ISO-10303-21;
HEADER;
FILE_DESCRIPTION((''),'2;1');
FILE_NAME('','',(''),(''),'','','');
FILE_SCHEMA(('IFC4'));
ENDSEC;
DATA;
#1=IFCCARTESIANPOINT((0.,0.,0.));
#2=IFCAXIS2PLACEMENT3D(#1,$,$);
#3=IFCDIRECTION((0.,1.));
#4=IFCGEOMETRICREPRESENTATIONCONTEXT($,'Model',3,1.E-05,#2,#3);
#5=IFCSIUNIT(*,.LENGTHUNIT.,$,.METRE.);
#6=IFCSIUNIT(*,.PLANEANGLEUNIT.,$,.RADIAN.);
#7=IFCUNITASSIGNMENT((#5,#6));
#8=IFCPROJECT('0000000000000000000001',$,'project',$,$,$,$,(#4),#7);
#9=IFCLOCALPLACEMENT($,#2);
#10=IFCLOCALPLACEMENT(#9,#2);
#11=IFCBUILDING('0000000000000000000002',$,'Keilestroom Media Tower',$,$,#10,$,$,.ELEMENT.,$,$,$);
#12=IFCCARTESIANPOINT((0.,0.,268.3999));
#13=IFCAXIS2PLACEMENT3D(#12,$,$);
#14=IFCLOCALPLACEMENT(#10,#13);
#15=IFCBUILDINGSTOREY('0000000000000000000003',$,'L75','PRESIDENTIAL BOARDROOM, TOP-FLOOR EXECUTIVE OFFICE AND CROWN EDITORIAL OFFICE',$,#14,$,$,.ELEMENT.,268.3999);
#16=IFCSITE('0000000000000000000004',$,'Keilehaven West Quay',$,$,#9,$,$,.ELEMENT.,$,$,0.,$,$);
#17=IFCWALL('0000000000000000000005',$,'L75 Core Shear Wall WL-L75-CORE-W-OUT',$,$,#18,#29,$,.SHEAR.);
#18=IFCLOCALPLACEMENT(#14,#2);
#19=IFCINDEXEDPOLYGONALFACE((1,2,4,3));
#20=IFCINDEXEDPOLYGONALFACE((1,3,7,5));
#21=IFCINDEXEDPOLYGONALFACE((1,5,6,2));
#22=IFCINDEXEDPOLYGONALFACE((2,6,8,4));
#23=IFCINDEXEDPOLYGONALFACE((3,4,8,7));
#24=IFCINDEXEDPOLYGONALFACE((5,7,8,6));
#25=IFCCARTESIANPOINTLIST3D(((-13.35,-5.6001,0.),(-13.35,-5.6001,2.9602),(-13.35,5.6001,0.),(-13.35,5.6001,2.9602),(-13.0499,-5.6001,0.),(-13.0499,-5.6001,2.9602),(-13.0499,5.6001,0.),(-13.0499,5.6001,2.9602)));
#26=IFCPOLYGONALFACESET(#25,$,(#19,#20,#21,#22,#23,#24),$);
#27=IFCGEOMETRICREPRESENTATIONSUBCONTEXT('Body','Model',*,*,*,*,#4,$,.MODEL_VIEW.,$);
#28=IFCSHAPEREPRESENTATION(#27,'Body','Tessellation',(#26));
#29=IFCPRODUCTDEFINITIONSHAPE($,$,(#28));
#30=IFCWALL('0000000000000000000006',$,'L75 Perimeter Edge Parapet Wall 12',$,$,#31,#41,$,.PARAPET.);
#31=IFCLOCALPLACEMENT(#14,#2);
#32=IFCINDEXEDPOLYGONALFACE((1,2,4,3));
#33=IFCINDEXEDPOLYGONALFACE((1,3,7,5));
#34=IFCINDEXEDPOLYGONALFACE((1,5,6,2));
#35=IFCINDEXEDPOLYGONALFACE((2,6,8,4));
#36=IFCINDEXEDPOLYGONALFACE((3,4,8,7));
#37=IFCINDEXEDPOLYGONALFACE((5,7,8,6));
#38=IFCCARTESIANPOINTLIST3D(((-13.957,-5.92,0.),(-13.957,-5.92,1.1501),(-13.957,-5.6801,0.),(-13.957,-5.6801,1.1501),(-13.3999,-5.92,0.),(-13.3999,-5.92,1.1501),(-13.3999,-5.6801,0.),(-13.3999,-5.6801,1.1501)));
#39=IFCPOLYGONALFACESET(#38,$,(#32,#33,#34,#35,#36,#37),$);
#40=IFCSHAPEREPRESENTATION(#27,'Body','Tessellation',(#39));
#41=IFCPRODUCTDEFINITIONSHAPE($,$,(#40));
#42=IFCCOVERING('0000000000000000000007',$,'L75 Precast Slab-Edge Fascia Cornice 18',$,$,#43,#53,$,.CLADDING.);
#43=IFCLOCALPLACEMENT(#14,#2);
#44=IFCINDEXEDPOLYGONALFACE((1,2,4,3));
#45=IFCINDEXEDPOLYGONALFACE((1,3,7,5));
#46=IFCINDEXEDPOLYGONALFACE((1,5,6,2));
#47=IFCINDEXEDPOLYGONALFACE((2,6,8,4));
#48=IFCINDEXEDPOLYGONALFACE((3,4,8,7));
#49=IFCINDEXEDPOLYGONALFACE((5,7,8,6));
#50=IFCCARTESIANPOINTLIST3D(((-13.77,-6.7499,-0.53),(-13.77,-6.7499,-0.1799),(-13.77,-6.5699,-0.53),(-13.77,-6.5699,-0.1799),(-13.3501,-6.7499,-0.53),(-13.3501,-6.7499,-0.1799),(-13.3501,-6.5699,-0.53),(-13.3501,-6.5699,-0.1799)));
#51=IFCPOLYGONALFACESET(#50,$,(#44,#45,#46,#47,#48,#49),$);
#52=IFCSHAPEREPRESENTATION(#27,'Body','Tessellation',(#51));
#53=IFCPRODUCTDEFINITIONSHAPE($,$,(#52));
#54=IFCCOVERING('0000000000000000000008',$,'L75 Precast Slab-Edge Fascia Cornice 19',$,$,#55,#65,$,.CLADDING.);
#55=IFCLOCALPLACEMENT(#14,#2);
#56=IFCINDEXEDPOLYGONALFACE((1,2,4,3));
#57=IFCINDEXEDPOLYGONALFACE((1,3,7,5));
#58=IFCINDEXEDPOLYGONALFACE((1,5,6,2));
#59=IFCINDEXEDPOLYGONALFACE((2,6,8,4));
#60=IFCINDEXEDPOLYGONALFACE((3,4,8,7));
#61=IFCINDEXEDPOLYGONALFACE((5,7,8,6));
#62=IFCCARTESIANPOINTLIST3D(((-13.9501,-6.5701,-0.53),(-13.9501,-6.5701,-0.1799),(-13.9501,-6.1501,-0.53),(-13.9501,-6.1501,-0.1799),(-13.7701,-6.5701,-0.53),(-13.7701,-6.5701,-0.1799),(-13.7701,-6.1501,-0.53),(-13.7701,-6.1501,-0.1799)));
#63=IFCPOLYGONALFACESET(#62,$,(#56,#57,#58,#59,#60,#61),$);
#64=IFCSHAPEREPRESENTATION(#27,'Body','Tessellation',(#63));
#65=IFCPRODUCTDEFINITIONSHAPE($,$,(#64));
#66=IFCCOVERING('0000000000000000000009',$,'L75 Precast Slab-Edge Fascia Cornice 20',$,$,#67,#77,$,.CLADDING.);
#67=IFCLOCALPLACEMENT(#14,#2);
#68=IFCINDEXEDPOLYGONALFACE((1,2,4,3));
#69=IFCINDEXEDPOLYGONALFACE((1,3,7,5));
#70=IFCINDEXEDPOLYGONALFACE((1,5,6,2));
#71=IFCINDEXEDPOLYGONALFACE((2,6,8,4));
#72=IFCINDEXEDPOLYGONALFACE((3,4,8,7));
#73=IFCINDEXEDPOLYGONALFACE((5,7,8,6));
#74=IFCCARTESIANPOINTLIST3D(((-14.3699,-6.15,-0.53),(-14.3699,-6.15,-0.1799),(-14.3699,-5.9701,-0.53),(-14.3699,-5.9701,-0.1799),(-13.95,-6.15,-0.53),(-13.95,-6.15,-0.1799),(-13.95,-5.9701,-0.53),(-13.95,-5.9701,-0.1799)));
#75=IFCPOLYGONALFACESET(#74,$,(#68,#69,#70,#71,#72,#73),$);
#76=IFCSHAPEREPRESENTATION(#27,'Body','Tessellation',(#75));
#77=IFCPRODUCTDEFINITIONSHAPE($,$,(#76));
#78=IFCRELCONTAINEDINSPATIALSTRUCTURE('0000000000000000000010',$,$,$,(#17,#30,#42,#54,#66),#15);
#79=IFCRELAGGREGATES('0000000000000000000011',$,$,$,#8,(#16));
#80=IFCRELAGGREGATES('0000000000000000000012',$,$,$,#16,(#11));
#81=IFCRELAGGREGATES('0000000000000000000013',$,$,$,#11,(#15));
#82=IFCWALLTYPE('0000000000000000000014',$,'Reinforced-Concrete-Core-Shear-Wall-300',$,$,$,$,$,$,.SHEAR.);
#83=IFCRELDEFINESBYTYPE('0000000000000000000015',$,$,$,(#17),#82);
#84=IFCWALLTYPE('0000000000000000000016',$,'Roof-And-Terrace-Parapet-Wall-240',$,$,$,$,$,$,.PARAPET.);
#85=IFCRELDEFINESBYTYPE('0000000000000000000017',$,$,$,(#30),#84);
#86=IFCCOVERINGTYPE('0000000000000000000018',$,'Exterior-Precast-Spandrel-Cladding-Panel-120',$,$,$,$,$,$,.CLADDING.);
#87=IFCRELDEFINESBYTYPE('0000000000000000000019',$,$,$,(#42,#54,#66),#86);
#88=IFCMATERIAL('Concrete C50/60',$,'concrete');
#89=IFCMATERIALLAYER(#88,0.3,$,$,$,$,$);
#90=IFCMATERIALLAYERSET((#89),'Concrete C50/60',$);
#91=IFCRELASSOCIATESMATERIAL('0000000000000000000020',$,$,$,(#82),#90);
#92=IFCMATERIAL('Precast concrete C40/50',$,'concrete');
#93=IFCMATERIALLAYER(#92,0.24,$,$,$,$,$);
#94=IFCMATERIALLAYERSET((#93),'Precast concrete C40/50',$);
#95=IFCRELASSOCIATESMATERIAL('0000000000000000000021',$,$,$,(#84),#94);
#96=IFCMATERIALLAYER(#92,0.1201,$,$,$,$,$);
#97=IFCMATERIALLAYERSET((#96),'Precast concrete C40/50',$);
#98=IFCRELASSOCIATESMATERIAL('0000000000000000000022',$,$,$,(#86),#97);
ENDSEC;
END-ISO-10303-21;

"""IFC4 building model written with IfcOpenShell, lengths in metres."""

from ifc_helpers import new_model, si_unit, direction, frame, frame_2d, origin, origin_2d, place, context, subcontext, project, spatial, rectangle, extrude, source, transform, mapped, material, layer, layer_set, type_object, element, save


model = new_model("IFC4")

# Units and contexts
model_context = context("Model", 3, precision=1e-05, world=origin(), true_north=direction((0.0, 1.0)))
body_context = subcontext(model_context, "Body", "Model", "MODEL_VIEW")
ifc_project = project(units=[si_unit("LENGTHUNIT", "METRE"), si_unit("PLANEANGLEUNIT", "RADIAN")], contexts=[model_context])

# Site, building, storey
site_placement = place(None, origin())
site = spatial("IfcSite", under=ifc_project, at=site_placement, Name="Keilehaven West Quay", CompositionType="ELEMENT", RefElevation=0.0)
building_placement = place(site_placement, origin())
building = spatial("IfcBuilding", under=site, at=building_placement, Name="Keilestroom Media Tower", CompositionType="ELEMENT")
storey_placement = place(building_placement, frame((0.0, 0.0, 268.3999)))
storey = spatial("IfcBuildingStorey", under=building, at=storey_placement, Name="L75", Description="PRESIDENTIAL BOARDROOM, TOP-FLOOR EXECUTIVE OFFICE AND CROWN EDITORIAL OFFICE", CompositionType="ELEMENT", Elevation=268.3999)

# Shared definitions
ifc_material_1 = material(Name="Precast concrete C40/50", Category="concrete")

# Wall
ifc_material_2 = material(Name="Concrete C50/60", Category="concrete")
ifc_layer_1 = layer(ifc_material_2, 0.3)
ifc_layer_set_1 = layer_set([ifc_layer_1], Name="Concrete C50/60")
wall_type_1 = type_object("IfcWallType", Name="Reinforced-Concrete-Core-Shear-Wall-300", PredefinedType="SHEAR", material=ifc_layer_set_1)
wall_1_placement = place(storey_placement, frame((-13.2, -5.6001, 0.0), z_axis=(0.0, 0.0, 1.0), x_axis=(0.0, 1.0, 0.0)))
element("IfcWall", 1, at=wall_1_placement, inside=storey, type_object=wall_type_1, Name="L75 Core Shear Wall WL-L75-CORE-W-OUT", PredefinedType="SHEAR", context=body_context, shape_type="SweptSolid", body=[
    extrude(rectangle(XDim=11.2002, YDim=0.3, at=frame_2d((5.6001, 0.0))), origin(), (0.0, 0.0, 1.0), 2.9602),
])

# Wall
ifc_layer_2 = layer(ifc_material_1, 0.24)
ifc_layer_set_2 = layer_set([ifc_layer_2], Name="Precast concrete C40/50")
wall_type_2 = type_object("IfcWallType", Name="Roof-And-Terrace-Parapet-Wall-240", PredefinedType="PARAPET", material=ifc_layer_set_2)
wall_2_placement = place(storey_placement, frame((-13.3999, -5.8, 0.0), z_axis=(0.0, 0.0, 1.0), x_axis=(-1.0, 0.0, 0.0)))
element("IfcWall", 2, at=wall_2_placement, inside=storey, type_object=wall_type_2, Name="L75 Perimeter Edge Parapet Wall 12", PredefinedType="PARAPET", context=body_context, shape_type="SweptSolid", body=[
    extrude(rectangle(XDim=0.5571, YDim=0.24, at=frame_2d((0.2786, 0.0))), origin(), (0.0, 0.0, 1.0), 1.1501),
])

# Coverings
ifc_layer_3 = layer(ifc_material_1, 0.1201)
ifc_layer_set_3 = layer_set([ifc_layer_3], Name="Precast concrete C40/50")
covering_type = type_object("IfcCoveringType", Name="Exterior-Precast-Spandrel-Cladding-Panel-120", PredefinedType="CLADDING", material=ifc_layer_set_3)
shared_shape_1 = source(origin(), body_context, "Body", "SweptSolid", [
    extrude(rectangle(XDim=0.4199, YDim=0.1799, at=origin_2d()), origin(), (0.0, 0.0, 1.0), 0.3501),
])
for number, where, z_axis, x_axis, name in (
    (3, (-13.5601, -6.6599, -0.53), (0.0, 0.0, 1.0), (-1.0, 0.0, 0.0), "L75 Precast Slab-Edge Fascia Cornice 18"),
    (4, (-13.8601, -6.3601, -0.53), (0.0, 0.0, 1.0), (0.0, 1.0, 0.0), "L75 Precast Slab-Edge Fascia Cornice 19"),
    (5, (-14.1599, -6.0601, -0.53), (0.0, 0.0, 1.0), (-1.0, 0.0, 0.0), "L75 Precast Slab-Edge Fascia Cornice 20"),
):
    element("IfcCovering", number, at=place(storey_placement, frame(where, z_axis=z_axis, x_axis=x_axis)), inside=storey, type_object=covering_type, Name=name, PredefinedType="CLADDING", context=body_context, shape_type="MappedRepresentation", body=[
        mapped(shared_shape_1, transform((0.0, 0.0, 0.0), x_axis=(1.0, 0.0, 0.0), y_axis=(0.0, 1.0, 0.0), z_axis=(0.0, 0.0, 1.0), scale=1.0)),
    ])

save(model, "model.ifc")
